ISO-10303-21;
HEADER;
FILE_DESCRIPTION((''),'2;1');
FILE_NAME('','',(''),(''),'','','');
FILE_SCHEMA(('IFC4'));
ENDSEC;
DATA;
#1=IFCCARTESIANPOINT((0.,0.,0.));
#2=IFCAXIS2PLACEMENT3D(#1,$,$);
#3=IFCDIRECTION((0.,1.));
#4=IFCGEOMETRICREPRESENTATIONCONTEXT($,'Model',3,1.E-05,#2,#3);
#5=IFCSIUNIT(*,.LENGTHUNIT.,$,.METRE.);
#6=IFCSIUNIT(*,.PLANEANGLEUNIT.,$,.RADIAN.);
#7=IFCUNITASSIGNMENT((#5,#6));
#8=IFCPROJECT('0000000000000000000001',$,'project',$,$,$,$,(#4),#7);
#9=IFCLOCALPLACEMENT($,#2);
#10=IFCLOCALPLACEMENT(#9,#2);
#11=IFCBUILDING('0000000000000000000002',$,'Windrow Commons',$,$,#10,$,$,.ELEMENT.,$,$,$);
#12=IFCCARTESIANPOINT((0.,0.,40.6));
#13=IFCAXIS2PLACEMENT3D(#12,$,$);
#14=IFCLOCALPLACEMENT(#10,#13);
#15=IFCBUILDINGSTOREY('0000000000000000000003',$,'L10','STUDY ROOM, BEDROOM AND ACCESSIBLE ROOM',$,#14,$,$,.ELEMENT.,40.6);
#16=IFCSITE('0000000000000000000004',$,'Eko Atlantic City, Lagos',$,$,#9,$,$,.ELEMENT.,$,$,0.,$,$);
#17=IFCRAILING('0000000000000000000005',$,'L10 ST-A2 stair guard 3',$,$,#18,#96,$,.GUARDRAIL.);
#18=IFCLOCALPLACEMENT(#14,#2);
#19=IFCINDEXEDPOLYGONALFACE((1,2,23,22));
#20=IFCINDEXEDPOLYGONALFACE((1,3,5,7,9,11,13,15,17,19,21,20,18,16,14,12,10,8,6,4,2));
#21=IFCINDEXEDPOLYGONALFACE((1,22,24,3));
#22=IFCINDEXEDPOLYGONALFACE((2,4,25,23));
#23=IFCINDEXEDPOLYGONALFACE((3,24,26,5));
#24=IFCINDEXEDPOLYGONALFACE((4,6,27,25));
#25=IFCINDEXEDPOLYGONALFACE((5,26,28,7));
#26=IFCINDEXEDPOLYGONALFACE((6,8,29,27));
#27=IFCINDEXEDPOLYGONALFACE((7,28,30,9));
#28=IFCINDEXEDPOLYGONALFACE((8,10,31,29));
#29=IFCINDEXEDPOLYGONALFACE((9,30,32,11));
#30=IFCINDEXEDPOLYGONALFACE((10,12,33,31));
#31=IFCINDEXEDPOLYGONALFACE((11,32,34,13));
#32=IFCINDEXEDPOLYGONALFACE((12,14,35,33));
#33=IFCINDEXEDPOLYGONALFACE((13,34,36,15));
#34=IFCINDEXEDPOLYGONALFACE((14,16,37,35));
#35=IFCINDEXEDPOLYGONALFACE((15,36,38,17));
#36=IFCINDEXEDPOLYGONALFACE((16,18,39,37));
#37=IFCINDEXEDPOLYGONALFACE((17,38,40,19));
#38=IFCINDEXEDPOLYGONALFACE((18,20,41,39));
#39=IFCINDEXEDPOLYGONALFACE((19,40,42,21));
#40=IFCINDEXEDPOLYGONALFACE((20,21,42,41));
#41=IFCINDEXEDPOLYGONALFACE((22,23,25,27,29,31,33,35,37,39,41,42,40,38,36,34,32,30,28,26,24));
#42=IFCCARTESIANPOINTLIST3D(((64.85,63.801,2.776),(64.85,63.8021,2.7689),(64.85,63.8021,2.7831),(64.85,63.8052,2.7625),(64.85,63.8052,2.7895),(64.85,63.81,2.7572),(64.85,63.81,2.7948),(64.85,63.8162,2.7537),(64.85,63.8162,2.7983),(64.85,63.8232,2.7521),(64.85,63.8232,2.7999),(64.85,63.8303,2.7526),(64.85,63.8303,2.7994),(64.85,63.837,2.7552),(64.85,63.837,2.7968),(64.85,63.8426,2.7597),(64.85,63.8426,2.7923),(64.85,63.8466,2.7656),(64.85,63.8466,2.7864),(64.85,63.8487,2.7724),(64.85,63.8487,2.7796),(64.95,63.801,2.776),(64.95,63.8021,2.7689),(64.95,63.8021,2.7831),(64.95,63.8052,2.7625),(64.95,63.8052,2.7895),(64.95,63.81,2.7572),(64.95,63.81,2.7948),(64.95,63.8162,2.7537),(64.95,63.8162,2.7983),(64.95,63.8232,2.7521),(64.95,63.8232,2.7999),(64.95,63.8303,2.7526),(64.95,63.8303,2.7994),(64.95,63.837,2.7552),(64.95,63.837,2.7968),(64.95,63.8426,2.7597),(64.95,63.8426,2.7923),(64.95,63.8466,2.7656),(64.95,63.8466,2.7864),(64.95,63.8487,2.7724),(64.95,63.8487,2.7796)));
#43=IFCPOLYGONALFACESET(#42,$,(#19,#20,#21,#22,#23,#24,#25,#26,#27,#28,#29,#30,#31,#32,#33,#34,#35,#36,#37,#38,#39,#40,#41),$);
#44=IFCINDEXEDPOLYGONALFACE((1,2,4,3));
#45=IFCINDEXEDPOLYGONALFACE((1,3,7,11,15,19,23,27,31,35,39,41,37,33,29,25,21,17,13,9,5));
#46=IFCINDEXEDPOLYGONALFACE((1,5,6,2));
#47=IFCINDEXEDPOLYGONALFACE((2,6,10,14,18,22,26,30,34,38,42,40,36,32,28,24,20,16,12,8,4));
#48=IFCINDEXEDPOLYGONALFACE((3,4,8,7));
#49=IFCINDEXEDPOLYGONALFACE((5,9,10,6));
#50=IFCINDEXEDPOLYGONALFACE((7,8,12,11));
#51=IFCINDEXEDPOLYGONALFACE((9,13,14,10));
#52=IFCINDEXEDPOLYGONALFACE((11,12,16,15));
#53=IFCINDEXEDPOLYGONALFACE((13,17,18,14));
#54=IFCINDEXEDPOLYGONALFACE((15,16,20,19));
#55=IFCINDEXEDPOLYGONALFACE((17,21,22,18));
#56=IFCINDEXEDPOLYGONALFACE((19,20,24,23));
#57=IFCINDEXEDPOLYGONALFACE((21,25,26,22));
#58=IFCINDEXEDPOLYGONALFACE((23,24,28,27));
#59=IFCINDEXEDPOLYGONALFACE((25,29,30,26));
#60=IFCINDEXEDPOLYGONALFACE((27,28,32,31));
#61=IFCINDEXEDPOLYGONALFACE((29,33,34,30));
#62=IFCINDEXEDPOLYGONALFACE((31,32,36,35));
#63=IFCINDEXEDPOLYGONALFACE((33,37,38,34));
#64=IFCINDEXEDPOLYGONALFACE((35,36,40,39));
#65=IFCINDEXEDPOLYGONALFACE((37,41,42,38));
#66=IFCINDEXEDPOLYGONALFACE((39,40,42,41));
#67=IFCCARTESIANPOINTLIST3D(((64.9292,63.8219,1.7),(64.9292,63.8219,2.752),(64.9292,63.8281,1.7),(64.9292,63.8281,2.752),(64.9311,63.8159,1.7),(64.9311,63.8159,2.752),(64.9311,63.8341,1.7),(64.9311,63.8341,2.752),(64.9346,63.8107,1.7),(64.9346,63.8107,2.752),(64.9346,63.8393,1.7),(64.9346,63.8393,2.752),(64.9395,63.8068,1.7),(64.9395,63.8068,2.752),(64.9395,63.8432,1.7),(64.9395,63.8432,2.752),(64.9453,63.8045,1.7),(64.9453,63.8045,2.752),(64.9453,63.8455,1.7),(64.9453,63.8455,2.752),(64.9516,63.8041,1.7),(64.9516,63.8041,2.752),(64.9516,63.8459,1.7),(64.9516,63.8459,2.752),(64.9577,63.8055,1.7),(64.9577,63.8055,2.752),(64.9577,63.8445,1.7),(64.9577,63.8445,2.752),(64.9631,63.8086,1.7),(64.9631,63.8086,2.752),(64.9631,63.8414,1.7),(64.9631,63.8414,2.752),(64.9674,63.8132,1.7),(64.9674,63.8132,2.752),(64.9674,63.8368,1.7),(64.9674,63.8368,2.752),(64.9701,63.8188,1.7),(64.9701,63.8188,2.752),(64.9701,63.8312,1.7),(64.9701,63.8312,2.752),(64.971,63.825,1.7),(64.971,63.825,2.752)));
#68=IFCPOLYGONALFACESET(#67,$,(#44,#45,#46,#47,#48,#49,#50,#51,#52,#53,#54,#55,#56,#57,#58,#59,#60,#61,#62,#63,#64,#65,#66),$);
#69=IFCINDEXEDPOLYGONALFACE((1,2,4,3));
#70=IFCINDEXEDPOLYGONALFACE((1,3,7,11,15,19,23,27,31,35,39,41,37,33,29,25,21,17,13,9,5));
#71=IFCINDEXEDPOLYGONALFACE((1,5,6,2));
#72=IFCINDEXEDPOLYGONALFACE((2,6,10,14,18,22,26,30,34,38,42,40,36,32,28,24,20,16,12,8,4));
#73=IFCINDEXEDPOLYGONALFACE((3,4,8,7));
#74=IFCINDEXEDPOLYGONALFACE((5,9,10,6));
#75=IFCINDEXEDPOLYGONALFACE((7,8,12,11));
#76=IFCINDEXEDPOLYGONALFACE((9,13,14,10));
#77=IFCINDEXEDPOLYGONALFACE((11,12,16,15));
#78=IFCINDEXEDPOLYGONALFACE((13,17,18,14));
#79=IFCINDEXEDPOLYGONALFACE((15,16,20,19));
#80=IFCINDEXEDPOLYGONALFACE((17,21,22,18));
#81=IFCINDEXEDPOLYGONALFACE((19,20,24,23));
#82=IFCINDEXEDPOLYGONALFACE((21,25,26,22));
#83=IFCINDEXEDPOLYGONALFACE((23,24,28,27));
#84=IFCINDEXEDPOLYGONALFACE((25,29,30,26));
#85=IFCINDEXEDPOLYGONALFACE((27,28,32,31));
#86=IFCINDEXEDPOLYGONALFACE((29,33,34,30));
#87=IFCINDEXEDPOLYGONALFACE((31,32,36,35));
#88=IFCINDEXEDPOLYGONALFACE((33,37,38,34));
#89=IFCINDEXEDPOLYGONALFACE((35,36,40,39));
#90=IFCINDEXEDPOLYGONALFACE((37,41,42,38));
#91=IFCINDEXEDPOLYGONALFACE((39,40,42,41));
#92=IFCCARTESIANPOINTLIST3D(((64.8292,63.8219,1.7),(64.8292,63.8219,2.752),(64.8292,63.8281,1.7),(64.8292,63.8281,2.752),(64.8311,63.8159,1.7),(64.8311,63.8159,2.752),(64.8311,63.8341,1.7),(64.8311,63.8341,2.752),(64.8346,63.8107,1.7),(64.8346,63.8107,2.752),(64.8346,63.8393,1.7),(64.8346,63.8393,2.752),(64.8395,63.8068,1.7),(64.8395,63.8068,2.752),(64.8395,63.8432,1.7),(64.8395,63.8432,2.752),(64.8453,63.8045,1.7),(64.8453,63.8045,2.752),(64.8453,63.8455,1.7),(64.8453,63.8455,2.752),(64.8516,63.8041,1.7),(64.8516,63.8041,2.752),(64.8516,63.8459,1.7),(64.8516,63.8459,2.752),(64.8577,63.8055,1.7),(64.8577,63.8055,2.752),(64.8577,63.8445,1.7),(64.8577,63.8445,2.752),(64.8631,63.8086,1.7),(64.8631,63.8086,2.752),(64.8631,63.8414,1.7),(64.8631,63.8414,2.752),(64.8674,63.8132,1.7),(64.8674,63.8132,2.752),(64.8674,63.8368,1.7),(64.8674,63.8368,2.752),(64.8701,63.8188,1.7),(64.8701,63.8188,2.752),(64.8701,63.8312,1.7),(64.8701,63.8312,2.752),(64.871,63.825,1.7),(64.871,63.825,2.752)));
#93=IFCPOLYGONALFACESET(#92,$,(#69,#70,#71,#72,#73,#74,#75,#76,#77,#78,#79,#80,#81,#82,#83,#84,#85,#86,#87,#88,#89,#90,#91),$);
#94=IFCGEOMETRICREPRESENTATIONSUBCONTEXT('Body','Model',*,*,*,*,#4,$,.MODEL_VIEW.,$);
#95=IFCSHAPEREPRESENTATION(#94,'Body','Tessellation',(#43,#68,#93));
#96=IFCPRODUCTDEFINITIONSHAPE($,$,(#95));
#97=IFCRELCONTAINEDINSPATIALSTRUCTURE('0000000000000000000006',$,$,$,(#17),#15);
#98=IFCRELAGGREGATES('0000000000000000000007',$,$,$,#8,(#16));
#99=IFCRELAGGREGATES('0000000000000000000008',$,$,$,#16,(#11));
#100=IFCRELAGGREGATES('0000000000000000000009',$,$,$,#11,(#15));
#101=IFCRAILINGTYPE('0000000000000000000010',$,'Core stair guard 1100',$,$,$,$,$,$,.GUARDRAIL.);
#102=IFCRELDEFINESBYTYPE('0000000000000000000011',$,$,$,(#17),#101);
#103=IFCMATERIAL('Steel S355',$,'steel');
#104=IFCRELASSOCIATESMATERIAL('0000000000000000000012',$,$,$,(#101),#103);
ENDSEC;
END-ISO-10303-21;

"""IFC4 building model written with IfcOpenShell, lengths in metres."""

from ifc_helpers import new_model, si_unit, direction, frame, origin, origin_2d, place, context, subcontext, project, spatial, circle, extrude, material, type_object, element, save


model = new_model("IFC4")

# Units and contexts
model_context = context("Model", 3, precision=1e-05, world=origin(), true_north=direction((0.0, 1.0)))
body_context = subcontext(model_context, "Body", "Model", "MODEL_VIEW")
ifc_project = project(units=[si_unit("LENGTHUNIT", "METRE"), si_unit("PLANEANGLEUNIT", "RADIAN")], contexts=[model_context])

# Site, building, storey
site_placement = place(None, origin())
site = spatial("IfcSite", under=ifc_project, at=site_placement, Name="Eko Atlantic City, Lagos", CompositionType="ELEMENT", RefElevation=0.0)
building_placement = place(site_placement, origin())
building = spatial("IfcBuilding", under=site, at=building_placement, Name="Windrow Commons", CompositionType="ELEMENT")
storey_placement = place(building_placement, frame((0.0, 0.0, 40.6)))
storey = spatial("IfcBuildingStorey", under=building, at=storey_placement, Name="L10", Description="STUDY ROOM, BEDROOM AND ACCESSIBLE ROOM", CompositionType="ELEMENT", Elevation=40.6)

# Railing
ifc_material_1 = material(Name="Steel S355", Category="steel")
railing_type_1 = type_object("IfcRailingType", Name="Core stair guard 1100", PredefinedType="GUARDRAIL", material=ifc_material_1)
railing_1_placement = place(storey_placement, frame((64.95, 63.825, 1.7)))
element("IfcRailing", 1, at=railing_1_placement, inside=storey, type_object=railing_type_1, Name="L10 ST-A2 stair guard 3", PredefinedType="GUARDRAIL", context=body_context, shape_type="SweptSolid", body=[
    extrude(circle(Radius=0.024, at=origin_2d()), frame((0.0, 0.0, 1.076), z_axis=(-1.0, 0.0, 0.0), x_axis=(0.0, -1.0, 0.0)), (0.0, 0.0, 1.0), 0.1),
    extrude(circle(Radius=0.021, at=origin_2d()), origin(), (0.0, 0.0, 1.0), 1.052),
    extrude(circle(Radius=0.021, at=origin_2d()), frame((-0.1, 0.0, 0.0)), (0.0, 0.0, 1.0), 1.052),
])

save(model, "model.ifc")
